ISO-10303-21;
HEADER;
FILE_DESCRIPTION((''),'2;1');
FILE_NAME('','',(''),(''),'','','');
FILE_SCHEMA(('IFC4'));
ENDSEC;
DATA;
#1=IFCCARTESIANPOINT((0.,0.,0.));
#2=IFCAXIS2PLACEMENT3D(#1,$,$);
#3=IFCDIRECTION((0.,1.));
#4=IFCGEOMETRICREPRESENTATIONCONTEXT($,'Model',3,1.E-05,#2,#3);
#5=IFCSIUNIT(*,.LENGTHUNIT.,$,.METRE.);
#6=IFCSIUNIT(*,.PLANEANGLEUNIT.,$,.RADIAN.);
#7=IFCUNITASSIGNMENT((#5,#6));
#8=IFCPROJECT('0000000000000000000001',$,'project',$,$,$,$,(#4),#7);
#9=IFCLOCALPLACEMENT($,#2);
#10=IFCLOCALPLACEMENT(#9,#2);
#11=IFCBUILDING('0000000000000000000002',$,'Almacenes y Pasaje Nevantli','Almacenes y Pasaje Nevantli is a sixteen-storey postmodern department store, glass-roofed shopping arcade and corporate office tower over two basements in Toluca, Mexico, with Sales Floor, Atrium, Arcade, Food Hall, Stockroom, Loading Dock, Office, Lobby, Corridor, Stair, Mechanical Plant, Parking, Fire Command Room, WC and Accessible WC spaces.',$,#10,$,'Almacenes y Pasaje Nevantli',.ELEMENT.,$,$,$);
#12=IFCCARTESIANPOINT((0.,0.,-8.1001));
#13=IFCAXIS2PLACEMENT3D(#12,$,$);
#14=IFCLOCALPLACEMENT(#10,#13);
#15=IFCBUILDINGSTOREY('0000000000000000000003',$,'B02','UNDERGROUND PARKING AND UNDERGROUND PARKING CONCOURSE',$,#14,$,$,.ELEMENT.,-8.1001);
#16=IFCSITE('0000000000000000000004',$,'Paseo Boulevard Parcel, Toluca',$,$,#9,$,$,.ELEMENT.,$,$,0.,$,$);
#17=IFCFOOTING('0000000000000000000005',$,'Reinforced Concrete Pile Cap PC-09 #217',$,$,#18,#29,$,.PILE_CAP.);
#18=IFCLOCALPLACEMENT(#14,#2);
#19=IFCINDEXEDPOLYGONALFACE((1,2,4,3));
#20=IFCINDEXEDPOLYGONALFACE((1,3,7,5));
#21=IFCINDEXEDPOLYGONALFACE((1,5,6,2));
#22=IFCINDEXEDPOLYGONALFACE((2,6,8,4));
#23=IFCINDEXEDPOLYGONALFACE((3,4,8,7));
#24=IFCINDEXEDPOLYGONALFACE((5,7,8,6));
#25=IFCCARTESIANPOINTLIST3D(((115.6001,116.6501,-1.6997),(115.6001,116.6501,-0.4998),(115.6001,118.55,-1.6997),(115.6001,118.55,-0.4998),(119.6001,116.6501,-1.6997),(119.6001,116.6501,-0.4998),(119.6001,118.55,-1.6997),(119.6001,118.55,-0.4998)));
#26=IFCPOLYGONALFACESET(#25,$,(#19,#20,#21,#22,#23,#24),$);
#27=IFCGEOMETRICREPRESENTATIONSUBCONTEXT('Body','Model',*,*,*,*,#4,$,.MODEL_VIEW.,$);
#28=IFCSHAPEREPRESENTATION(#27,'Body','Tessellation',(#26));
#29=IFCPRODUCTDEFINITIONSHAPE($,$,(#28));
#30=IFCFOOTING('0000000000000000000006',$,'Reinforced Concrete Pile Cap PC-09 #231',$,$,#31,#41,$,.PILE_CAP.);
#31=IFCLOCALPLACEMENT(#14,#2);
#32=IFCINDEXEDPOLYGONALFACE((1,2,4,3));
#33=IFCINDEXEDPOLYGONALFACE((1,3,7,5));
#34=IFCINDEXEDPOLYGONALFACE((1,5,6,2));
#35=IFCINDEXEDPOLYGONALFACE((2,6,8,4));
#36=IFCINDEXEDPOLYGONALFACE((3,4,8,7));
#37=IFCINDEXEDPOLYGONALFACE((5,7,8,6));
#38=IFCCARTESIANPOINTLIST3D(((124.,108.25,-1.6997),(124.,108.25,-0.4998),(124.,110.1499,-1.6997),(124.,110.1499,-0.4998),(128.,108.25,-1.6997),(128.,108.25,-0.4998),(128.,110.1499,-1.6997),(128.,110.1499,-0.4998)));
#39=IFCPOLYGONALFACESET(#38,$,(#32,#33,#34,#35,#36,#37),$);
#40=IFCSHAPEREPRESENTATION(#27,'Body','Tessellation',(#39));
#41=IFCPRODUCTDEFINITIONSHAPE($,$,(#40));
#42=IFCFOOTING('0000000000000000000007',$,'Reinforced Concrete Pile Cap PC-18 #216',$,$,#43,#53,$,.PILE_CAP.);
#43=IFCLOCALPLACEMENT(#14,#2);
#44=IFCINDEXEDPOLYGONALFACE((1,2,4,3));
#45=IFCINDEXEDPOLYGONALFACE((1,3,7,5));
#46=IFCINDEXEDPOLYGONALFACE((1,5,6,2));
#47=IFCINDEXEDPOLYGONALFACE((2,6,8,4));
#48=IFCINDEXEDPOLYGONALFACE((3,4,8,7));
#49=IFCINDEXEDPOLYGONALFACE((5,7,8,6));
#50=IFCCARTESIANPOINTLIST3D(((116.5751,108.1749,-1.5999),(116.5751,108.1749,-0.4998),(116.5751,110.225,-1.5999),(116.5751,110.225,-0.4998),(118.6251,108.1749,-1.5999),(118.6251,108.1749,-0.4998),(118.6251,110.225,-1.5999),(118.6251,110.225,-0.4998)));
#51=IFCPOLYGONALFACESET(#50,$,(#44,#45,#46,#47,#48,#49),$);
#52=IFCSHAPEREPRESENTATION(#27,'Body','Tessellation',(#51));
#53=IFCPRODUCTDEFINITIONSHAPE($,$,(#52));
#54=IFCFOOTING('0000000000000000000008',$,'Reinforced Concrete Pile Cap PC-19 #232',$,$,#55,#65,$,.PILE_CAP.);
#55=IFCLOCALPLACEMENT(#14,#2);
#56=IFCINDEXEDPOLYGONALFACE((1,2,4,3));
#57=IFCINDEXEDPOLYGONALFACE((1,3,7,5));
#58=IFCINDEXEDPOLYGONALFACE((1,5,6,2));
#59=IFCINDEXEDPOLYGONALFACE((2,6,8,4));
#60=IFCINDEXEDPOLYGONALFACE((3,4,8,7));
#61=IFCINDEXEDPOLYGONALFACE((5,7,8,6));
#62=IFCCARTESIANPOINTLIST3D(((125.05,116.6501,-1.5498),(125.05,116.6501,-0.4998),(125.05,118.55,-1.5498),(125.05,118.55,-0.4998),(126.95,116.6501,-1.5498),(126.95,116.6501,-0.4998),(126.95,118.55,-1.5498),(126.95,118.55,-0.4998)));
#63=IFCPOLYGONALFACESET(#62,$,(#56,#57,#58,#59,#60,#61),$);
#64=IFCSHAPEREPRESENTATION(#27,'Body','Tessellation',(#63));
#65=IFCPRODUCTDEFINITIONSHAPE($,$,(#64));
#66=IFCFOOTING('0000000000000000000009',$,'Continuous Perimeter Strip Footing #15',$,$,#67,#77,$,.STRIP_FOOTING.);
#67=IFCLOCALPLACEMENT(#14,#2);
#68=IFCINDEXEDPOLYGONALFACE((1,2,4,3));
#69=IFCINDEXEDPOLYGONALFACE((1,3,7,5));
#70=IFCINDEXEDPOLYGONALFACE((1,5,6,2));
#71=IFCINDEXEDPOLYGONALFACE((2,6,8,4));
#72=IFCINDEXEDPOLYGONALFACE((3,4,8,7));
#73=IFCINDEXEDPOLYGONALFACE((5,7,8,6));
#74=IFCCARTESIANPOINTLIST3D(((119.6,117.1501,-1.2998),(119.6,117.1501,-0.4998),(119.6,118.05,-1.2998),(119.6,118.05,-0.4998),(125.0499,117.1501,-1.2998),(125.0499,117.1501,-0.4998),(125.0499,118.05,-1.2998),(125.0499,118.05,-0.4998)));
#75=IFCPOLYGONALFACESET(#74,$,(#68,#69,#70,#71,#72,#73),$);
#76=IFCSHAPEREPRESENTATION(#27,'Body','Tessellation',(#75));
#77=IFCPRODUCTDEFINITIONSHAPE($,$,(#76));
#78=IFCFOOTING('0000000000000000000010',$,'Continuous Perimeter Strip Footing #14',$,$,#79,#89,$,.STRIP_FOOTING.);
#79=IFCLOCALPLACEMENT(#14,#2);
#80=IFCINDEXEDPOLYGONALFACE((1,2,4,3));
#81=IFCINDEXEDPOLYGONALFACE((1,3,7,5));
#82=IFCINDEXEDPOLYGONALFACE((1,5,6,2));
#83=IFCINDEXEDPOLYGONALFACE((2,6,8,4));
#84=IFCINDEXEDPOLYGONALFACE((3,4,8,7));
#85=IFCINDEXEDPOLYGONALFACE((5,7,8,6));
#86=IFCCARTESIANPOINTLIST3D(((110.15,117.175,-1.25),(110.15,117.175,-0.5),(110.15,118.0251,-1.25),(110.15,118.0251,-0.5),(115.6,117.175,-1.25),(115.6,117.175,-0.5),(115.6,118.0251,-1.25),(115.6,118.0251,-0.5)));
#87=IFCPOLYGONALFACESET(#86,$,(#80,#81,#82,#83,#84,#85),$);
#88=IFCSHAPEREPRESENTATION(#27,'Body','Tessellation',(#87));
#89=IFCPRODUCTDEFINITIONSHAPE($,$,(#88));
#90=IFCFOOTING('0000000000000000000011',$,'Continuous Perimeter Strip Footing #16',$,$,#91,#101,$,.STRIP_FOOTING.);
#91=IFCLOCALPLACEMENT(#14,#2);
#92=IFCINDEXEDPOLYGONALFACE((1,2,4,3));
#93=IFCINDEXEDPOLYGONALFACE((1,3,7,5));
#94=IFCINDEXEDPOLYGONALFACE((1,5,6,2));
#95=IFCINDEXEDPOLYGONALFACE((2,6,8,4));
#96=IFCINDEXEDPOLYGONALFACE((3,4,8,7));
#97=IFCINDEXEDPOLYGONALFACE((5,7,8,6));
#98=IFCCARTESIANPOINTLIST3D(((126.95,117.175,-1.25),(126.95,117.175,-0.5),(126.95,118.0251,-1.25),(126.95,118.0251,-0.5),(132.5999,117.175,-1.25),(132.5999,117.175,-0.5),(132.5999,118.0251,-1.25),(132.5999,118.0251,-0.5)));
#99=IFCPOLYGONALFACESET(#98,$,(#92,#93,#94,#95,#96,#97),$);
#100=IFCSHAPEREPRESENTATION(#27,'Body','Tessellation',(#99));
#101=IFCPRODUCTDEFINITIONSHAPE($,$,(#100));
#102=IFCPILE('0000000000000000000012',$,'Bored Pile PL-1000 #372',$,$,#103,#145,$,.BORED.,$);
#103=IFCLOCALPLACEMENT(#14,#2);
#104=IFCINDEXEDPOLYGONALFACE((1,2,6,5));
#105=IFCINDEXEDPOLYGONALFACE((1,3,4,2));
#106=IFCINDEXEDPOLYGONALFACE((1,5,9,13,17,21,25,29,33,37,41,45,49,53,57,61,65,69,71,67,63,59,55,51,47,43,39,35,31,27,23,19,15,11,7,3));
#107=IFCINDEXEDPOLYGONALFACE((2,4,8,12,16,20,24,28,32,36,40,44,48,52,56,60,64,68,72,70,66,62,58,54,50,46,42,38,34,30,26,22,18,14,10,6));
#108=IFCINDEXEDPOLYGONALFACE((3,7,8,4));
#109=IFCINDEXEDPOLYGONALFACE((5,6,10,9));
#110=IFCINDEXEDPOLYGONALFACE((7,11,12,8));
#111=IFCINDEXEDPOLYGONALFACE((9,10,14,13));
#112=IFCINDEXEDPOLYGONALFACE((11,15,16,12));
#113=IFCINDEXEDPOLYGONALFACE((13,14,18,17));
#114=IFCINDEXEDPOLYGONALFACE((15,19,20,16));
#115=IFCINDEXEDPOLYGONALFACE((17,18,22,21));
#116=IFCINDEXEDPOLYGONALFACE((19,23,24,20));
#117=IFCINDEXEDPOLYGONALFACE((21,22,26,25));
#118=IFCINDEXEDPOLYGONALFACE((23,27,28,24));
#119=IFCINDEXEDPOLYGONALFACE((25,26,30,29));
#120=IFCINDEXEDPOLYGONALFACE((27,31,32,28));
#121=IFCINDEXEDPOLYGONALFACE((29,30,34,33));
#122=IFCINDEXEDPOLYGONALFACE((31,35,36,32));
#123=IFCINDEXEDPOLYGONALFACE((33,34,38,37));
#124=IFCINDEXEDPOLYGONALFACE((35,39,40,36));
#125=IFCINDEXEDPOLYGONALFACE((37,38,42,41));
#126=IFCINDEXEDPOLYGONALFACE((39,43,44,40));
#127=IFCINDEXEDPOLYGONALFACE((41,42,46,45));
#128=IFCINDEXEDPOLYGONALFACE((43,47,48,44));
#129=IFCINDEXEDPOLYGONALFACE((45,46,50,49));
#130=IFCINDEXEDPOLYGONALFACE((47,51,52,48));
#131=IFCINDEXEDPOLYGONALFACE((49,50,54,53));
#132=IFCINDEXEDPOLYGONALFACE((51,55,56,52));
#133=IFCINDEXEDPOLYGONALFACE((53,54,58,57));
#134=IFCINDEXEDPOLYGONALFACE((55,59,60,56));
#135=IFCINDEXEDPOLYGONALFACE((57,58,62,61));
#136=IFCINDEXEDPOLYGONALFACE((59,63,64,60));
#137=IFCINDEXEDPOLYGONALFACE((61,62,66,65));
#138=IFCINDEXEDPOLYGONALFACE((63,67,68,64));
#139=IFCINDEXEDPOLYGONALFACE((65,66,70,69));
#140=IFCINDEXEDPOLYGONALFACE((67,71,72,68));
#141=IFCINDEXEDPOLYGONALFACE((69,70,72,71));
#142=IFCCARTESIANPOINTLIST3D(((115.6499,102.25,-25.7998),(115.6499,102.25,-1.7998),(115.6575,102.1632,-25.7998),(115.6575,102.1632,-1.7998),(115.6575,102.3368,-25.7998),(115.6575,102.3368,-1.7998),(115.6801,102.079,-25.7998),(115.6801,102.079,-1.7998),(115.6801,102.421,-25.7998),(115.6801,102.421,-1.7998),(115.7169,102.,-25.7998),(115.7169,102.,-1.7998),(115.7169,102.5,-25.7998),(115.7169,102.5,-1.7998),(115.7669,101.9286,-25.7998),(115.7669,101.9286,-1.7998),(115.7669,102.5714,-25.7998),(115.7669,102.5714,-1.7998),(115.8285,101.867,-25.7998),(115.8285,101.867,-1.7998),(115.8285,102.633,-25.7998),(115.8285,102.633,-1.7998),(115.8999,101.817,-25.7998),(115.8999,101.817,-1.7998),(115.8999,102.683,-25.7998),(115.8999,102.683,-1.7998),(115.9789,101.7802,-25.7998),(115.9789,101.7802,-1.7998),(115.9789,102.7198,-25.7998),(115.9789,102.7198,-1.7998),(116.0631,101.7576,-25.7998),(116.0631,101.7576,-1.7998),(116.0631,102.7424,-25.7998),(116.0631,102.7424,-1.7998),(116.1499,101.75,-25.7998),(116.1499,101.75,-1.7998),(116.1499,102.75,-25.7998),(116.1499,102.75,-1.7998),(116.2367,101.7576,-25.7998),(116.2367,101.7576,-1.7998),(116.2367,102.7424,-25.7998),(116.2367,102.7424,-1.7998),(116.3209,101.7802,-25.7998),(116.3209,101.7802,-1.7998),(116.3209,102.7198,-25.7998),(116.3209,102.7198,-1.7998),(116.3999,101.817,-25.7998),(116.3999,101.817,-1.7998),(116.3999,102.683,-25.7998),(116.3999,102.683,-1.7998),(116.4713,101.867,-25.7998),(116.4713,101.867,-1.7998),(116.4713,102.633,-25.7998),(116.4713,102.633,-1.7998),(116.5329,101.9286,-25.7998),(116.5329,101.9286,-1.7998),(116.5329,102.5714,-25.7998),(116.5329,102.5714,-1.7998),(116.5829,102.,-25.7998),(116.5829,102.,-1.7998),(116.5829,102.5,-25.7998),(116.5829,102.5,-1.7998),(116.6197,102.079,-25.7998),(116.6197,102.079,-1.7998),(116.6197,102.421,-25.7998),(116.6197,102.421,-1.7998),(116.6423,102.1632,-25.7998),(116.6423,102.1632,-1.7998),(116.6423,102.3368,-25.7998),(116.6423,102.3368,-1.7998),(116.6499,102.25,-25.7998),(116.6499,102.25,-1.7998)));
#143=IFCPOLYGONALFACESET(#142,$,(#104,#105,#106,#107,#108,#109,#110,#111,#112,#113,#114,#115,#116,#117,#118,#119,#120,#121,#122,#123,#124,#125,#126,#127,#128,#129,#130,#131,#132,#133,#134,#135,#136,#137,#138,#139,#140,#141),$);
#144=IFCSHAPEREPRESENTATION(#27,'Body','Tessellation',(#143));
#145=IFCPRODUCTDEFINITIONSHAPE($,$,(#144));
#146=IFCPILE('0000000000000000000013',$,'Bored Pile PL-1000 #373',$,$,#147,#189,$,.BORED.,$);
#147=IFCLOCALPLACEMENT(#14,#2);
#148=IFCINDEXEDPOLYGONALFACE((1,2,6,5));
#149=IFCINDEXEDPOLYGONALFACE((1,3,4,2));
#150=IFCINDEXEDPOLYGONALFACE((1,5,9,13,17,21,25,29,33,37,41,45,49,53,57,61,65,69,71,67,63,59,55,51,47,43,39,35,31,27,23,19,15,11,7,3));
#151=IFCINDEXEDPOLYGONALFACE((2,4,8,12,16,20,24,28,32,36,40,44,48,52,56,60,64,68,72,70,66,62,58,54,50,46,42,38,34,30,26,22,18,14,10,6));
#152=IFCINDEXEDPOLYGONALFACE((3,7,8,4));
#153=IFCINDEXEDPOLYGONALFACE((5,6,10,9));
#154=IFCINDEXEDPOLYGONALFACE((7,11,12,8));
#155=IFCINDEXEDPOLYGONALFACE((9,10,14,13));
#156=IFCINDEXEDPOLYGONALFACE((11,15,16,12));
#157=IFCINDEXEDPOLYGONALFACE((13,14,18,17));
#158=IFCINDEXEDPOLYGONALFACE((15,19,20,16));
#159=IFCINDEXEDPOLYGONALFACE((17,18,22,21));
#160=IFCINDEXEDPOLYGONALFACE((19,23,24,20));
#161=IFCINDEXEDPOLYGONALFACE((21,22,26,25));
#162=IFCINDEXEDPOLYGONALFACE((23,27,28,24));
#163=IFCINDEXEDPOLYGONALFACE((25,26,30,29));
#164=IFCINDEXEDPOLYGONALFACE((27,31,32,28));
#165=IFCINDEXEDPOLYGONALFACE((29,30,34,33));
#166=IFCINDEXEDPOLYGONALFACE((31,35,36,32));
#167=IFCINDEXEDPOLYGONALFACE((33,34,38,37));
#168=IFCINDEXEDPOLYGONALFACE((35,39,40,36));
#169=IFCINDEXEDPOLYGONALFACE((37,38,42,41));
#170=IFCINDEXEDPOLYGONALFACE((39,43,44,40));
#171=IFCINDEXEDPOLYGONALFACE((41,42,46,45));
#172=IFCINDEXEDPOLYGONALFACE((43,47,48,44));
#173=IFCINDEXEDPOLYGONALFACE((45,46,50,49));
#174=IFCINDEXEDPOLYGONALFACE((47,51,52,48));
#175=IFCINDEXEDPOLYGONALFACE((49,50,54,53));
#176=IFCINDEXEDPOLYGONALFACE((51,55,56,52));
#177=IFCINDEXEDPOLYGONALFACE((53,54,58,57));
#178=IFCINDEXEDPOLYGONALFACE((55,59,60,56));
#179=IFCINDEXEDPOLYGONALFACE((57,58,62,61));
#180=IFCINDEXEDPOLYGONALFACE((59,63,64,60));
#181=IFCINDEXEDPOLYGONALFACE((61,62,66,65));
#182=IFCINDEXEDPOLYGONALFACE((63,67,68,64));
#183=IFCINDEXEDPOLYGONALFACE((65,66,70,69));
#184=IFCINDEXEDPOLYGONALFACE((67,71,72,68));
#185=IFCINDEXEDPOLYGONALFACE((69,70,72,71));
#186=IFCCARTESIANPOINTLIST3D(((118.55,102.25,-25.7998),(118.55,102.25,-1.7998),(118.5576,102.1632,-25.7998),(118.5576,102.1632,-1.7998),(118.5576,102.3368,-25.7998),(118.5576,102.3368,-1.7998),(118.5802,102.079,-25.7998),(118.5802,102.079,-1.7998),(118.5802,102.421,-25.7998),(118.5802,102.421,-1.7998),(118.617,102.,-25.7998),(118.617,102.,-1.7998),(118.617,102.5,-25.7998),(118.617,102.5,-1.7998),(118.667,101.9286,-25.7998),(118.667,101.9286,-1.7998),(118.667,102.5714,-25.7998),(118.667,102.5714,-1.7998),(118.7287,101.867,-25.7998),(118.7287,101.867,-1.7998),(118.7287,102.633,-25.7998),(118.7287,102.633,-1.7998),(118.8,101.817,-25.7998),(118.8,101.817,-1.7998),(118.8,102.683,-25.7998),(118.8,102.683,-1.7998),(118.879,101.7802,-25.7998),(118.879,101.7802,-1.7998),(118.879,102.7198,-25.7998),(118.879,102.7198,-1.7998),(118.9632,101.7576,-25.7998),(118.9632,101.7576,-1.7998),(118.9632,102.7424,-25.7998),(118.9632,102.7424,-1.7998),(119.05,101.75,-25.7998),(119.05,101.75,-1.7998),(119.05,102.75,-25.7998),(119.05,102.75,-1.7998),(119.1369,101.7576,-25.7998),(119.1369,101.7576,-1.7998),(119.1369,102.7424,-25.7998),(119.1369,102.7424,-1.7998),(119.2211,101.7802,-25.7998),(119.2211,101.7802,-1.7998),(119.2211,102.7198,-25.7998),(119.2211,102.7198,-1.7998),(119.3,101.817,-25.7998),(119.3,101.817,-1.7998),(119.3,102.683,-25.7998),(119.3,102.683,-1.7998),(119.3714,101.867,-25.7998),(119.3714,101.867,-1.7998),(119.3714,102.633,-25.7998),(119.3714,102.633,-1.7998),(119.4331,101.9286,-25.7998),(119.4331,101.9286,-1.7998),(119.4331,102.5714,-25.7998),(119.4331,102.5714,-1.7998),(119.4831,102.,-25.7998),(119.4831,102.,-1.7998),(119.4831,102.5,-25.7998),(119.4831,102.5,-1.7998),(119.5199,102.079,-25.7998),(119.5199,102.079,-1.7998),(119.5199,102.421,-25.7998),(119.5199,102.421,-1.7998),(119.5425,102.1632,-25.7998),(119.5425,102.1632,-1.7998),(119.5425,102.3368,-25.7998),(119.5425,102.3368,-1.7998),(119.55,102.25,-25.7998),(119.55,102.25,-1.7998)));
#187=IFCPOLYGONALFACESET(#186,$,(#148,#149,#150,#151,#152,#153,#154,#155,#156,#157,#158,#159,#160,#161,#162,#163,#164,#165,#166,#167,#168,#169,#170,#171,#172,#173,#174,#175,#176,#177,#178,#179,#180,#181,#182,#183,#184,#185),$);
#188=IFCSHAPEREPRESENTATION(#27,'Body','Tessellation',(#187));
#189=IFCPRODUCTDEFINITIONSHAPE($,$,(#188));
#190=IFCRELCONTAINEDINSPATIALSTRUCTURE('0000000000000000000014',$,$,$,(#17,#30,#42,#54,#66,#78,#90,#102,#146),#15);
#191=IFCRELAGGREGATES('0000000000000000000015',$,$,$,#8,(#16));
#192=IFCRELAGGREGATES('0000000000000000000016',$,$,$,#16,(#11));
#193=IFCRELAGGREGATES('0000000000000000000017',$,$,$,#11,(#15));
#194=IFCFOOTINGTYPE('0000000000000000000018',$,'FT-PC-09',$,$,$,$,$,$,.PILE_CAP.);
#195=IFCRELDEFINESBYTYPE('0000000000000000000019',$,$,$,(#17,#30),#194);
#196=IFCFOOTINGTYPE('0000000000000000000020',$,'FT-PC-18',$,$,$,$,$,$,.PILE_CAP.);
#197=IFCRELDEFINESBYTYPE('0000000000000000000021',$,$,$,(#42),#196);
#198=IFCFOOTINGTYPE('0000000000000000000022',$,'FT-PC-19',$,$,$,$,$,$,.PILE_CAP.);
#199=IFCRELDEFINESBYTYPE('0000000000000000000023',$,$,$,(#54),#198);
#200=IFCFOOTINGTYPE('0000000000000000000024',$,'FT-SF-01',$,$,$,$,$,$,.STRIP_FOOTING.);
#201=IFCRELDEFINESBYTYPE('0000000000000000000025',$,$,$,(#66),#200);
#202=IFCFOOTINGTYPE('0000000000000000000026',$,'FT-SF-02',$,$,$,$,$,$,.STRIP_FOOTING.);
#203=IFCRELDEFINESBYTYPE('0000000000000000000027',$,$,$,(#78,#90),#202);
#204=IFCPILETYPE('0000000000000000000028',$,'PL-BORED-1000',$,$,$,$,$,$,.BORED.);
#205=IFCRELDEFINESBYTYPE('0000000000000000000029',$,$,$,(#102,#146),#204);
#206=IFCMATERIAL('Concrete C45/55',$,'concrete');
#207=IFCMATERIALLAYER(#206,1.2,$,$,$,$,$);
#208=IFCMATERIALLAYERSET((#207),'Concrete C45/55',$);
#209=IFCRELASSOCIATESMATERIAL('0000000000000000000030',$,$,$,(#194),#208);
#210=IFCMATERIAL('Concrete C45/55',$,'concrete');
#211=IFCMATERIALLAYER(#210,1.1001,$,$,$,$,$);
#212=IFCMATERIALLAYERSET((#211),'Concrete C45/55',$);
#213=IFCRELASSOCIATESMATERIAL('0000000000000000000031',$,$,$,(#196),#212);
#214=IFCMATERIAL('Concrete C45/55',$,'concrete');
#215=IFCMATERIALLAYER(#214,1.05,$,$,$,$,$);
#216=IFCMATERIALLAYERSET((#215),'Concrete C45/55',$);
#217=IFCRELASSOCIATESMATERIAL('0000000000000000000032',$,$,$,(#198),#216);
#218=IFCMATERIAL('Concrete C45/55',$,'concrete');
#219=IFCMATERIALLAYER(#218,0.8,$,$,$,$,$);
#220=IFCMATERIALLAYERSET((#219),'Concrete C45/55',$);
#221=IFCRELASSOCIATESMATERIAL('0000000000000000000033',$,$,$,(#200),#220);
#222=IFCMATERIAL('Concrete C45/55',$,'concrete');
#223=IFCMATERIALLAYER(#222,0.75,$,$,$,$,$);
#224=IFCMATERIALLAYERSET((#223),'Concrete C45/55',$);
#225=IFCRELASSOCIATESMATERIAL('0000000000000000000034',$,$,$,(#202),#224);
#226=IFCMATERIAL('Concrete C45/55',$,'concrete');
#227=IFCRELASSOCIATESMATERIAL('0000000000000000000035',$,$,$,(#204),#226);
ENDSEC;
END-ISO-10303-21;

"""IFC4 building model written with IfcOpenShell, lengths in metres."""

from ifc_helpers import new_model, si_unit, direction, frame, origin, origin_2d, place, context, subcontext, project, spatial, rectangle, circle, extrude, material, layer, layer_set, material_profile, profile_set, type_object, element, save


model = new_model("IFC4")

# Units and contexts
model_context = context("Model", 3, precision=1e-05, world=origin(), true_north=direction((0.0, 1.0)))
body_context = subcontext(model_context, "Body", "Model", "MODEL_VIEW")
ifc_project = project(units=[si_unit("LENGTHUNIT", "METRE"), si_unit("PLANEANGLEUNIT", "RADIAN")], contexts=[model_context])

# Site, building, storey
site_placement = place(None, origin())
site = spatial("IfcSite", under=ifc_project, at=site_placement, Name="Paseo Boulevard Parcel, Toluca", CompositionType="ELEMENT", RefElevation=0.0)
building_placement = place(site_placement, origin())
building = spatial("IfcBuilding", under=site, at=building_placement, Name="Almacenes y Pasaje Nevantli", Description="Almacenes y Pasaje Nevantli is a sixteen-storey postmodern department store, glass-roofed shopping arcade and corporate office tower over two basements in Toluca, Mexico, with Sales Floor, Atrium, Arcade, Food Hall, Stockroom, Loading Dock, Office, Lobby, Corridor, Stair, Mechanical Plant, Parking, Fire Command Room, WC and Accessible WC spaces.", LongName="Almacenes y Pasaje Nevantli", CompositionType="ELEMENT")
storey_placement = place(building_placement, frame((0.0, 0.0, -8.1001)))
storey = spatial("IfcBuildingStorey", under=building, at=storey_placement, Name="B02", Description="UNDERGROUND PARKING AND UNDERGROUND PARKING CONCOURSE", CompositionType="ELEMENT", Elevation=-8.1001)

# Footings
ifc_material_1 = material(Name="Concrete C45/55", Category="concrete")
ifc_layer_1 = layer(ifc_material_1, 1.2)
ifc_layer_set_1 = layer_set([ifc_layer_1], Name="Concrete C45/55")
footing_type_1 = type_object("IfcFootingType", Name="FT-PC-09", PredefinedType="PILE_CAP", material=ifc_layer_set_1)
for number, where, z_axis, x_axis, name in (
    (1, (117.6001, 117.6001, -1.6997), (0.0, 0.0, 1.0), (1.0, 0.0, 0.0), "Reinforced Concrete Pile Cap PC-09 #217"),
    (2, (126.0, 109.2, -1.6997), (0.0, 0.0, 1.0), (1.0, 0.0, 0.0), "Reinforced Concrete Pile Cap PC-09 #231"),
):
    element("IfcFooting", number, at=place(storey_placement, frame(where, z_axis=z_axis, x_axis=x_axis)), inside=storey, type_object=footing_type_1, Name=name, PredefinedType="PILE_CAP", context=body_context, shape_type="SweptSolid", body=[
        extrude(rectangle(XDim=4.0, YDim=1.8999, at=origin_2d()), origin(), (0.0, 0.0, 1.0), 1.2),
    ])
ifc_material_2 = material(Name="Concrete C45/55", Category="concrete")
ifc_layer_2 = layer(ifc_material_2, 1.1001)
ifc_layer_set_2 = layer_set([ifc_layer_2], Name="Concrete C45/55")
footing_type_2 = type_object("IfcFootingType", Name="FT-PC-18", PredefinedType="PILE_CAP", material=ifc_layer_set_2)
footing_1_placement = place(storey_placement, frame((117.6001, 109.2, -1.5999), z_axis=(0.0, 0.0, 1.0), x_axis=(1.0, 0.0, 0.0)))
element("IfcFooting", 3, at=footing_1_placement, inside=storey, type_object=footing_type_2, Name="Reinforced Concrete Pile Cap PC-18 #216", PredefinedType="PILE_CAP", context=body_context, shape_type="SweptSolid", body=[
    extrude(rectangle(XDim=2.05, YDim=2.05, at=origin_2d()), origin(), (0.0, 0.0, 1.0), 1.1001),
])
ifc_material_3 = material(Name="Concrete C45/55", Category="concrete")
ifc_layer_3 = layer(ifc_material_3, 1.05)
ifc_layer_set_3 = layer_set([ifc_layer_3], Name="Concrete C45/55")
footing_type_3 = type_object("IfcFootingType", Name="FT-PC-19", PredefinedType="PILE_CAP", material=ifc_layer_set_3)
footing_2_placement = place(storey_placement, frame((126.0, 117.6001, -1.5498), z_axis=(0.0, 0.0, 1.0), x_axis=(1.0, 0.0, 0.0)))
element("IfcFooting", 4, at=footing_2_placement, inside=storey, type_object=footing_type_3, Name="Reinforced Concrete Pile Cap PC-19 #232", PredefinedType="PILE_CAP", context=body_context, shape_type="SweptSolid", body=[
    extrude(rectangle(XDim=1.8999, YDim=1.8999, at=origin_2d()), origin(), (0.0, 0.0, 1.0), 1.05),
])
ifc_material_4 = material(Name="Concrete C45/55", Category="concrete")
ifc_layer_4 = layer(ifc_material_4, 0.8)
ifc_layer_set_4 = layer_set([ifc_layer_4], Name="Concrete C45/55")
footing_type_4 = type_object("IfcFootingType", Name="FT-SF-01", PredefinedType="STRIP_FOOTING", material=ifc_layer_set_4)
footing_3_placement = place(storey_placement, frame((122.325, 117.6001, -1.2998), z_axis=(0.0, 0.0, 1.0), x_axis=(1.0, 0.0, 0.0)))
element("IfcFooting", 5, at=footing_3_placement, inside=storey, type_object=footing_type_4, Name="Continuous Perimeter Strip Footing #15", PredefinedType="STRIP_FOOTING", context=body_context, shape_type="SweptSolid", body=[
    extrude(rectangle(XDim=5.45, YDim=0.8999, at=origin_2d()), origin(), (0.0, 0.0, 1.0), 0.8),
])
ifc_material_5 = material(Name="Concrete C45/55", Category="concrete")
ifc_layer_5 = layer(ifc_material_5, 0.75)
ifc_layer_set_5 = layer_set([ifc_layer_5], Name="Concrete C45/55")
footing_type_5 = type_object("IfcFootingType", Name="FT-SF-02", PredefinedType="STRIP_FOOTING", material=ifc_layer_set_5)
footing_4_placement = place(storey_placement, frame((112.875, 117.6001, -1.25), z_axis=(0.0, 0.0, 1.0), x_axis=(1.0, 0.0, 0.0)))
element("IfcFooting", 6, at=footing_4_placement, inside=storey, type_object=footing_type_5, Name="Continuous Perimeter Strip Footing #14", PredefinedType="STRIP_FOOTING", context=body_context, shape_type="SweptSolid", body=[
    extrude(rectangle(XDim=5.45, YDim=0.8501, at=origin_2d()), origin(), (0.0, 0.0, 1.0), 0.75),
])
footing_5_placement = place(storey_placement, frame((129.7749, 117.6001, -1.25), z_axis=(0.0, 0.0, 1.0), x_axis=(1.0, 0.0, 0.0)))
element("IfcFooting", 7, at=footing_5_placement, inside=storey, type_object=footing_type_5, Name="Continuous Perimeter Strip Footing #16", PredefinedType="STRIP_FOOTING", context=body_context, shape_type="SweptSolid", body=[
    extrude(rectangle(XDim=5.6499, YDim=0.8501, at=origin_2d()), origin(), (0.0, 0.0, 1.0), 0.75),
])

# Piles
ifc_material_6 = material(Name="Concrete C45/55", Category="concrete")
ifc_material_profile_1 = material_profile(ifc_material_6, circle(Radius=0.5, at=origin_2d()), Name="RC-PILE-D1000")
ifc_profile_set_1 = profile_set([ifc_material_profile_1], Name="Concrete C45/55")
pile_type_1 = type_object("IfcPileType", Name="PL-BORED-1000", PredefinedType="BORED", material=ifc_profile_set_1)
for number, where, z_axis, x_axis, name in (
    (8, (116.1499, 102.25, -1.7998), (0.0, 0.0, -1.0), (1.0, 0.0, 0.0), "Bored Pile PL-1000 #372"),
    (9, (119.05, 102.25, -1.7998), (0.0, 0.0, -1.0), (1.0, 0.0, 0.0), "Bored Pile PL-1000 #373"),
):
    element("IfcPile", number, at=place(storey_placement, frame(where, z_axis=z_axis, x_axis=x_axis)), inside=storey, type_object=pile_type_1, Name=name, PredefinedType="BORED", context=body_context, shape_type="SweptSolid", body=[
        extrude(circle(Radius=0.5, at=origin_2d()), origin(), (0.0, 0.0, 1.0), 24.0),
    ])

save(model, "model.ifc")
